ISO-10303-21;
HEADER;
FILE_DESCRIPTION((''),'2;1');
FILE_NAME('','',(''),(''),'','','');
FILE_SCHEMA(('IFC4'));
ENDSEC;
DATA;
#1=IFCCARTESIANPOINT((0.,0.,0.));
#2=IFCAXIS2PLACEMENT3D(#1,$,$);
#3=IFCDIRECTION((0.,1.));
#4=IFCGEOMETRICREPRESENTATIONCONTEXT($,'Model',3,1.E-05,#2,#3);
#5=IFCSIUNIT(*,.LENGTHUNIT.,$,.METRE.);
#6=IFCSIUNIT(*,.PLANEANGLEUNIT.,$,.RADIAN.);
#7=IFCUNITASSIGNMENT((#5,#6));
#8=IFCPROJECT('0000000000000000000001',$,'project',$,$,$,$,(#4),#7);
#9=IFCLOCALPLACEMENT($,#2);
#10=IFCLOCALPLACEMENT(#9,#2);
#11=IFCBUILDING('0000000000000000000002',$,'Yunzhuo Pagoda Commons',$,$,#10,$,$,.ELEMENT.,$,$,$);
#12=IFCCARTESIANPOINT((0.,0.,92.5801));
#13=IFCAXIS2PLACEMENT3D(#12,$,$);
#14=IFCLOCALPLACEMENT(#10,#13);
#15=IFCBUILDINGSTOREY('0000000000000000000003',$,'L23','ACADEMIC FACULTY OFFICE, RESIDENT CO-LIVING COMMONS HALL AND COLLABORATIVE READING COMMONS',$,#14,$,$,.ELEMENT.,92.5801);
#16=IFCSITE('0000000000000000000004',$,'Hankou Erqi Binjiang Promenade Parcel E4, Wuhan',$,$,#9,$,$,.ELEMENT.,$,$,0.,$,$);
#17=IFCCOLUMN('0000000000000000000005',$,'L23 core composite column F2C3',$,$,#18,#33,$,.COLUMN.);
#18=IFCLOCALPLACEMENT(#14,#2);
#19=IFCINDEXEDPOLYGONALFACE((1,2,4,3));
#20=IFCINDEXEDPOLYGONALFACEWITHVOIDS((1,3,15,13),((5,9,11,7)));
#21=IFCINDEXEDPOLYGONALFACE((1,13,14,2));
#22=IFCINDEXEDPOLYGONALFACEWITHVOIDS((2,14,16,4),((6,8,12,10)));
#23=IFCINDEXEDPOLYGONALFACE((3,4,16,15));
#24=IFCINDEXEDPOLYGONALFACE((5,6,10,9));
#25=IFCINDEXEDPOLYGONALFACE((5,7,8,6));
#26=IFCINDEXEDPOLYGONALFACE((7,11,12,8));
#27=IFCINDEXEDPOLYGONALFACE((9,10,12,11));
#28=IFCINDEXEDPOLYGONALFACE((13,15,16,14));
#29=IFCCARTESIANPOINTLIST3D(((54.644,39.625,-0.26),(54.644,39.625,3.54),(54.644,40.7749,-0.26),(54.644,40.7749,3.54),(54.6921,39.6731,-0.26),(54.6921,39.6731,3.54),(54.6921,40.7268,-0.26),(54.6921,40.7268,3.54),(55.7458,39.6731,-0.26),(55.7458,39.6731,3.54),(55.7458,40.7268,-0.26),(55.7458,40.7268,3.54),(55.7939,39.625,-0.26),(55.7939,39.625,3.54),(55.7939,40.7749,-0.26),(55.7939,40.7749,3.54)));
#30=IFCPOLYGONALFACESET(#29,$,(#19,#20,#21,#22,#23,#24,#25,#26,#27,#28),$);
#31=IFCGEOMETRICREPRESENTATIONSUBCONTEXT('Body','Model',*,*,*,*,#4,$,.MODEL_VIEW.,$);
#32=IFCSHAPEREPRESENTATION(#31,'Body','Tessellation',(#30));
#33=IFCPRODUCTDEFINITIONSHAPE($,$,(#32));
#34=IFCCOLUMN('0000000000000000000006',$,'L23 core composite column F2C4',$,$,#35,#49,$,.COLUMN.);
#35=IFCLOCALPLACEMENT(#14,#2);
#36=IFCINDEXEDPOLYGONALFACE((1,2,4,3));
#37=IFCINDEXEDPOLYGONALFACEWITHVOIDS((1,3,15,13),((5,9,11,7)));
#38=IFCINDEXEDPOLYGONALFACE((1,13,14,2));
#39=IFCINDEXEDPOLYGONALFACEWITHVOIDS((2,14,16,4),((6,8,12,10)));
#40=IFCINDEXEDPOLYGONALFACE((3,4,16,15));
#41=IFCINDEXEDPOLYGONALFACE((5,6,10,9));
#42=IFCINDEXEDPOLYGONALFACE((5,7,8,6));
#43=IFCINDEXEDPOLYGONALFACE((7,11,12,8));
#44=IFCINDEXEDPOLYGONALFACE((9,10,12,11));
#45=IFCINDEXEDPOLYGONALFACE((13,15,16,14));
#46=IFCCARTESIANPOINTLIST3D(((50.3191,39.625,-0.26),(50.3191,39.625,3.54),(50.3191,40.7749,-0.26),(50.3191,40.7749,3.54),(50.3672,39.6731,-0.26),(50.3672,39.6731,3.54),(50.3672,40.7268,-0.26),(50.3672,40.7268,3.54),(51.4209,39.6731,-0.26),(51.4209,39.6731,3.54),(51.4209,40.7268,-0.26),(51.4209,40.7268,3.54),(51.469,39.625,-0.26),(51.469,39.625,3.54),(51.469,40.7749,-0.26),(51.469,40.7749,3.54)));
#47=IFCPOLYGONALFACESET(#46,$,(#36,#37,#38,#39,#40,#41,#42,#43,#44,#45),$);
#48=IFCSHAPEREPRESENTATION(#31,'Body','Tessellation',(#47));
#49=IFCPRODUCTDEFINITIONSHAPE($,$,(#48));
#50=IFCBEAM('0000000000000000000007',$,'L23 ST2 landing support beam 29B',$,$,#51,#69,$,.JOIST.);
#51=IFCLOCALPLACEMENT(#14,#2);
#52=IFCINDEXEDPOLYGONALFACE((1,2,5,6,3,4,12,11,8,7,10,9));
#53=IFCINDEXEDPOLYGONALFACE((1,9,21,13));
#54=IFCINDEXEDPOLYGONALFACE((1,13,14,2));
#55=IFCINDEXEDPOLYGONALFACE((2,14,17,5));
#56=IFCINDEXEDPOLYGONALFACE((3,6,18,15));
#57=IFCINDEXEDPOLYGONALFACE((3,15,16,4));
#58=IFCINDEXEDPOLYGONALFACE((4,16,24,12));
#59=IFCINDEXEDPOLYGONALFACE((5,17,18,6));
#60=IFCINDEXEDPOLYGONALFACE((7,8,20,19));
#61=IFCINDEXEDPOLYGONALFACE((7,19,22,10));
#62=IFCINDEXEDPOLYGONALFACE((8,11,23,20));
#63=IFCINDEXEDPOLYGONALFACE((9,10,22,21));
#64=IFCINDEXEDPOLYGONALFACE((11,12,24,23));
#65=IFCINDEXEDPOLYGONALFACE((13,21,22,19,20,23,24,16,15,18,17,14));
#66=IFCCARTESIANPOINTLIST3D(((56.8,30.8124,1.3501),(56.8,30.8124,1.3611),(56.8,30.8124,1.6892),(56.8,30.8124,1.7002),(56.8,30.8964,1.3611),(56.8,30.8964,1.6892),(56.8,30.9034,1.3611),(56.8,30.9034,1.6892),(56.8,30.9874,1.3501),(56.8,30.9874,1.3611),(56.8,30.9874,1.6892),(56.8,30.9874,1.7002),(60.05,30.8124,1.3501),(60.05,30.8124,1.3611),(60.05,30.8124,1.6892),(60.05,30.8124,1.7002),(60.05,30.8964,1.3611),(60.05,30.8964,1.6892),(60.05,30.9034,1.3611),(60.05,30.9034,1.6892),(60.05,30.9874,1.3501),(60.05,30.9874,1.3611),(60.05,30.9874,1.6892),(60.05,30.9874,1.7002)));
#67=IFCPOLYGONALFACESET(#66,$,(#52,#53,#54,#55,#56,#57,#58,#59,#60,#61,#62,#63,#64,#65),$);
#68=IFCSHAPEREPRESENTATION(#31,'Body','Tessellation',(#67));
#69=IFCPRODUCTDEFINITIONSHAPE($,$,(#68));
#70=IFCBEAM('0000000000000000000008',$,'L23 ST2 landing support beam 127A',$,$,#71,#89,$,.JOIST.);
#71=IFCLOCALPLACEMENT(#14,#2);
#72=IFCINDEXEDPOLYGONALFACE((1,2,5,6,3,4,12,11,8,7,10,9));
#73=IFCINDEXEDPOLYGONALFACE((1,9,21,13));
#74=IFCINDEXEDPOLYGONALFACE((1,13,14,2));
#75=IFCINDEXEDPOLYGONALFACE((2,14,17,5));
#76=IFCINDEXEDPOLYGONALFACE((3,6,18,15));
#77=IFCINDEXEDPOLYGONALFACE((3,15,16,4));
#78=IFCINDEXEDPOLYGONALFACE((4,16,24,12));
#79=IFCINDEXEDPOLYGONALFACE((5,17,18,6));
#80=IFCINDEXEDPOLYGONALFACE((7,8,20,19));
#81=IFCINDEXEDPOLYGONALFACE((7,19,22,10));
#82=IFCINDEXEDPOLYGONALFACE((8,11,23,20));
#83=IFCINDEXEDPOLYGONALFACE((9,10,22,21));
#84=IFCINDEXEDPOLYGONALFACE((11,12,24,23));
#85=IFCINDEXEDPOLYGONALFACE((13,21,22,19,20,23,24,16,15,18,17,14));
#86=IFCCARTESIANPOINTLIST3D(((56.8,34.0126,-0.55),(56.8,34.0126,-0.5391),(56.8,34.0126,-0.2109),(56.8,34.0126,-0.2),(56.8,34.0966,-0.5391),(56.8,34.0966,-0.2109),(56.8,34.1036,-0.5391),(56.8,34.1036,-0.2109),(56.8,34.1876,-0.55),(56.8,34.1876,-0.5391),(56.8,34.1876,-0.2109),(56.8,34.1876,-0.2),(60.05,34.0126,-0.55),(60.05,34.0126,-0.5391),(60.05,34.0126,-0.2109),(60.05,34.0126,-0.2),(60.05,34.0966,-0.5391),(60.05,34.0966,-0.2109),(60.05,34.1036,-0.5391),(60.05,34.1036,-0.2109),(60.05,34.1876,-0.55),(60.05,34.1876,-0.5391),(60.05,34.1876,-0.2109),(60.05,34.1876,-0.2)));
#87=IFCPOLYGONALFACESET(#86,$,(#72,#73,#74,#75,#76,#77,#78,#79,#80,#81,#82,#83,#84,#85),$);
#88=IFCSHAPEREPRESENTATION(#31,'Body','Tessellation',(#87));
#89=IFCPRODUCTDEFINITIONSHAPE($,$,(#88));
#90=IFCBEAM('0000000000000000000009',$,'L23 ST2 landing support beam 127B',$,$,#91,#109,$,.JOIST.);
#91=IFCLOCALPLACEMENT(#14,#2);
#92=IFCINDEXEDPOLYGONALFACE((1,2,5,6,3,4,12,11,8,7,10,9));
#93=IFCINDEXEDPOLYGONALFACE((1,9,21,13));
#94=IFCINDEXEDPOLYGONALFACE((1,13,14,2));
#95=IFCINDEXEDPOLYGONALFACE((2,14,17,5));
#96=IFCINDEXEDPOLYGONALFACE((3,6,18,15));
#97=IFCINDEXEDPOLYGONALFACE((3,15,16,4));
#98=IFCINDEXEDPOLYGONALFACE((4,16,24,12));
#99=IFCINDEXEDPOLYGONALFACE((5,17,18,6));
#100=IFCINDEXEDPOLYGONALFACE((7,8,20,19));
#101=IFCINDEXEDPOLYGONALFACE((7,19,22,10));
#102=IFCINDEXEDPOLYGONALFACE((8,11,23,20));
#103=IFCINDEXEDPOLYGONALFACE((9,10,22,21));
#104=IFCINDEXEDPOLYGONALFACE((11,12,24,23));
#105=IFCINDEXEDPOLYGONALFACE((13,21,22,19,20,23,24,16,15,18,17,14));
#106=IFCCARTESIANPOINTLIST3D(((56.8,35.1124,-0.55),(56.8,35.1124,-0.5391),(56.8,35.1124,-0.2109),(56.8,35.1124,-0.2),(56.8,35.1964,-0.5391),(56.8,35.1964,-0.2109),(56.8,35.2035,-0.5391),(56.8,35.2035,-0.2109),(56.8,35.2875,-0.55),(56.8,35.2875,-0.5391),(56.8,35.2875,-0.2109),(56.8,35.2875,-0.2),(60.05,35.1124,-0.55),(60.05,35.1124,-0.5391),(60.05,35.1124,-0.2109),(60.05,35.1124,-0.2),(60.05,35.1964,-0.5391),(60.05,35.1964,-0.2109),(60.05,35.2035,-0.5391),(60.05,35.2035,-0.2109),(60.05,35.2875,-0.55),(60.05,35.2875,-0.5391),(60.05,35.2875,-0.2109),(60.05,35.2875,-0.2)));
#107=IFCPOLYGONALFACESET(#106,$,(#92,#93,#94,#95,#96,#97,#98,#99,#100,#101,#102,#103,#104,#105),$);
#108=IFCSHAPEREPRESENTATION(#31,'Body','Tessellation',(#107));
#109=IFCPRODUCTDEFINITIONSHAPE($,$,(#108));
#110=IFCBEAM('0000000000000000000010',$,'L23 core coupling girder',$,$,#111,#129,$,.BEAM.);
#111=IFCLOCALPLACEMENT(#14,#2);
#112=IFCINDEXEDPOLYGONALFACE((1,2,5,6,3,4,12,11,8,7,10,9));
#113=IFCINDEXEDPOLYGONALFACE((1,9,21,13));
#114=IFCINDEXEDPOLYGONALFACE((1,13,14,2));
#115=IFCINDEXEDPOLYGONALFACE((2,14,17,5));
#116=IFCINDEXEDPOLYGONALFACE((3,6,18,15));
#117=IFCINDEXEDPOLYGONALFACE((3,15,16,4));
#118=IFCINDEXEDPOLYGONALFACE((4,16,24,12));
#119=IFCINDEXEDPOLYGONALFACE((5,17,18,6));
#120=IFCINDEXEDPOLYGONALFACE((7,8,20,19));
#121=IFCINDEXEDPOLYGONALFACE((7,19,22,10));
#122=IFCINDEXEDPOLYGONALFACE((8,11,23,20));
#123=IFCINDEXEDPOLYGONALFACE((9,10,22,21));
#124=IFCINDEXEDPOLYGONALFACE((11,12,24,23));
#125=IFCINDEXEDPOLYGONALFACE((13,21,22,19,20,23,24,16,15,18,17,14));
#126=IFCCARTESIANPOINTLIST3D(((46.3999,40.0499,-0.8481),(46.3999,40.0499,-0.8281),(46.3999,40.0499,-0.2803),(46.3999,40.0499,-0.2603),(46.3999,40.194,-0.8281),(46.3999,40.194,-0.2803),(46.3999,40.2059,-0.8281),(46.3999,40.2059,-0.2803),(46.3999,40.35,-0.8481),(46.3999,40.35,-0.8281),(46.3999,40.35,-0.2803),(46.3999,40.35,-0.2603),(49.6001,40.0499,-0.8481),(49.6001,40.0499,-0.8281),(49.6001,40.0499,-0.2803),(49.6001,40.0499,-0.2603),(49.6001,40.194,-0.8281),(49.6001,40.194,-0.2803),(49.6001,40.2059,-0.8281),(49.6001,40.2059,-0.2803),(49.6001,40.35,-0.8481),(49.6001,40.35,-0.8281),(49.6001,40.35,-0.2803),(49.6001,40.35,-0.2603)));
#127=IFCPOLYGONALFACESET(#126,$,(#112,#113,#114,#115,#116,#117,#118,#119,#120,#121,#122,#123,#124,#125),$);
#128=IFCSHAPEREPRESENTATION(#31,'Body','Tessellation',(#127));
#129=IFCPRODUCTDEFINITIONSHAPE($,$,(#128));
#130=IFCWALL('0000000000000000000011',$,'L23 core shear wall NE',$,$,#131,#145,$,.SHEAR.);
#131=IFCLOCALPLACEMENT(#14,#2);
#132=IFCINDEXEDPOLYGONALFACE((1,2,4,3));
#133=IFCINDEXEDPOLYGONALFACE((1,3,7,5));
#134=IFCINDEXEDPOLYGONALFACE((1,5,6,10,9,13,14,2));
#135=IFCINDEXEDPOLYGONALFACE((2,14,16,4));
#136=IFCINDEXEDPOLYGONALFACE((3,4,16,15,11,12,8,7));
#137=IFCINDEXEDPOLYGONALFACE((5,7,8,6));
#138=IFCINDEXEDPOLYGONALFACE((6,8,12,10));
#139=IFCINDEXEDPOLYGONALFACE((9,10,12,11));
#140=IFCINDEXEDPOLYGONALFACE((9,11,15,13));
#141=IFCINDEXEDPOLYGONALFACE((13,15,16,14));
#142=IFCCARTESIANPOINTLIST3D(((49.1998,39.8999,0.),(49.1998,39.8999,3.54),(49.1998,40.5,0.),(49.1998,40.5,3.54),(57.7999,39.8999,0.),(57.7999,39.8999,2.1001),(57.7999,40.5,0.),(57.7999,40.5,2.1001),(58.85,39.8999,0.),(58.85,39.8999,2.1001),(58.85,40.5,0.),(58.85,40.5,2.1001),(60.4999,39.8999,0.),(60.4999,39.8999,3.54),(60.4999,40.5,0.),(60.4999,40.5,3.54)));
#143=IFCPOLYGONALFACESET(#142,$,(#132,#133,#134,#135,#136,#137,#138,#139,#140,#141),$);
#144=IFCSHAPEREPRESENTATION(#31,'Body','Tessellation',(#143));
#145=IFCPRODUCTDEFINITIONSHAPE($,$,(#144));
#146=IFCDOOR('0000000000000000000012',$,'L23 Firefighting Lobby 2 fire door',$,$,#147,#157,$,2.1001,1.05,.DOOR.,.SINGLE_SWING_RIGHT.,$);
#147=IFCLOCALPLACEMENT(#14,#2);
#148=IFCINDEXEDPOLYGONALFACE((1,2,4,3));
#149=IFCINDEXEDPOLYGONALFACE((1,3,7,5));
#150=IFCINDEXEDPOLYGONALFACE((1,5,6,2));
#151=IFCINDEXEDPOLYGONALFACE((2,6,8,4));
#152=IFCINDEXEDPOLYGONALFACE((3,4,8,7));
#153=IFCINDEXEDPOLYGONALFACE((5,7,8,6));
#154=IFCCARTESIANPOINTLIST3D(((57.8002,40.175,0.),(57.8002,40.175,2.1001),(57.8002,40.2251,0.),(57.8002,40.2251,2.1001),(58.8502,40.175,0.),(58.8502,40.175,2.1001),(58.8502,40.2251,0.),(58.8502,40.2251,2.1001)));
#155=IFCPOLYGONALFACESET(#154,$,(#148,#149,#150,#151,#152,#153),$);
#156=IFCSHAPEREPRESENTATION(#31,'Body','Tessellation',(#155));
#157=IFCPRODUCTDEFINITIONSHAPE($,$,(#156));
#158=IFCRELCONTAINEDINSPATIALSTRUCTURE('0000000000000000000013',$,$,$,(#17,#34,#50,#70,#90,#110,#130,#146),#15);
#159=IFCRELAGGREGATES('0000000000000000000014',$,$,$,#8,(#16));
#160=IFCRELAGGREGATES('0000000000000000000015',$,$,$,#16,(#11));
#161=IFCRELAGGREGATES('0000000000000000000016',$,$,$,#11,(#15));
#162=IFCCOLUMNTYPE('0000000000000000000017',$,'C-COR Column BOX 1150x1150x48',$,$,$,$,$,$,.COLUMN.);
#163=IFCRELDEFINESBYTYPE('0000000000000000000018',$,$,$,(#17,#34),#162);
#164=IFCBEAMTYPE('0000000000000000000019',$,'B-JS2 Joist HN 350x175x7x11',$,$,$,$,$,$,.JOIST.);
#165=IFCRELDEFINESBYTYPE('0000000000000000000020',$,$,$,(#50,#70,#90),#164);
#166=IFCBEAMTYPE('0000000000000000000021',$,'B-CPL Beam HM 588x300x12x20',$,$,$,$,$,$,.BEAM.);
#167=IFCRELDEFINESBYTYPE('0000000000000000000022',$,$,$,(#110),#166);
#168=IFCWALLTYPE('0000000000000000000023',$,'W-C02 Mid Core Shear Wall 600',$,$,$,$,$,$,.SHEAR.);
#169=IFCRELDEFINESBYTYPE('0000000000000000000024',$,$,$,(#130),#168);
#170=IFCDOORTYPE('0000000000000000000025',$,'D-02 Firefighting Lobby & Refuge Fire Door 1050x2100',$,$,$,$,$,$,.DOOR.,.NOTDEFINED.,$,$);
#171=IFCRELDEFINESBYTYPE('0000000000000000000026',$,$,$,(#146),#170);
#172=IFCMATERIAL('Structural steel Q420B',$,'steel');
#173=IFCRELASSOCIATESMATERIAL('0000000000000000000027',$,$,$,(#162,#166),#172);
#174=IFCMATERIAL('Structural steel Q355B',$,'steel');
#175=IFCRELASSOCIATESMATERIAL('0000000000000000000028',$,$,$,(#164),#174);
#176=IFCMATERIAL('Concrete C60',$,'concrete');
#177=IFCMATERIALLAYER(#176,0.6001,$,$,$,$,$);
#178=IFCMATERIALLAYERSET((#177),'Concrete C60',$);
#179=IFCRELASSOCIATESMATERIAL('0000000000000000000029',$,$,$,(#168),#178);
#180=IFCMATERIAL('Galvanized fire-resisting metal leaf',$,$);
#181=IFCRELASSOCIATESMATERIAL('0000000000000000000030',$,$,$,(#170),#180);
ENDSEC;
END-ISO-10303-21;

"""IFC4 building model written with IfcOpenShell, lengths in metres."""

from ifc_helpers import new_model, si_unit, direction, frame, frame_2d, origin, origin_2d, place, context, subcontext, project, spatial, rectangle, hollow_rectangle, i_section, extrude, source, transform, mapped, material, layer, layer_set, material_profile, profile_set, type_object, element, fill, save


model = new_model("IFC4")

# Units and contexts
model_context = context("Model", 3, precision=1e-05, world=origin(), true_north=direction((0.0, 1.0)))
body_context = subcontext(model_context, "Body", "Model", "MODEL_VIEW")
ifc_project = project(units=[si_unit("LENGTHUNIT", "METRE"), si_unit("PLANEANGLEUNIT", "RADIAN")], contexts=[model_context])

# Site, building, storey
site_placement = place(None, origin())
site = spatial("IfcSite", under=ifc_project, at=site_placement, Name="Hankou Erqi Binjiang Promenade Parcel E4, Wuhan", CompositionType="ELEMENT", RefElevation=0.0)
building_placement = place(site_placement, origin())
building = spatial("IfcBuilding", under=site, at=building_placement, Name="Yunzhuo Pagoda Commons", CompositionType="ELEMENT")
storey_placement = place(building_placement, frame((0.0, 0.0, 92.5801)))
storey = spatial("IfcBuildingStorey", under=building, at=storey_placement, Name="L23", Description="ACADEMIC FACULTY OFFICE, RESIDENT CO-LIVING COMMONS HALL AND COLLABORATIVE READING COMMONS", CompositionType="ELEMENT", Elevation=92.5801)

# Columns
ifc_material_1 = material(Name="Structural steel Q420B", Category="steel")
ifc_material_profile_1 = material_profile(ifc_material_1, hollow_rectangle(XDim=1.1499, YDim=1.1499, WallThickness=0.0481, at=origin_2d()), Name="Structural steel Q420B")
ifc_profile_set_1 = profile_set([ifc_material_profile_1], Name="Structural steel Q420B")
column_type = type_object("IfcColumnType", Name="C-COR Column BOX 1150x1150x48", PredefinedType="COLUMN", material=ifc_profile_set_1)
shared_shape_1 = source(origin(), body_context, "Body", "SweptSolid", [
    extrude(hollow_rectangle(XDim=1.1499, YDim=1.1499, WallThickness=0.0481, at=origin_2d()), origin(), (0.0, 0.0, 1.0), 3.8),
])
for number, where, z_axis, x_axis, name in (
    (1, (55.219, 40.2, -0.26), (0.0, 0.0, 1.0), (1.0, 0.0, 0.0), "L23 core composite column F2C3"),
    (2, (50.894, 40.2, -0.26), (0.0, 0.0, 1.0), (1.0, 0.0, 0.0), "L23 core composite column F2C4"),
):
    element("IfcColumn", number, at=place(storey_placement, frame(where, z_axis=z_axis, x_axis=x_axis)), inside=storey, type_object=column_type, Name=name, PredefinedType="COLUMN", context=body_context, shape_type="MappedRepresentation", body=[
        mapped(shared_shape_1, transform((0.0, 0.0, 0.0), scale=1.0)),
    ])

# Beams
ifc_material_2 = material(Name="Structural steel Q355B", Category="steel")
ifc_material_profile_2 = material_profile(ifc_material_2, i_section(OverallWidth=0.175, OverallDepth=0.3501, WebThickness=0.0071, FlangeThickness=0.011, at=origin_2d()), Name="Structural steel Q355B")
ifc_profile_set_2 = profile_set([ifc_material_profile_2], Name="Structural steel Q355B")
beam_type_1 = type_object("IfcBeamType", Name="B-JS2 Joist HN 350x175x7x11", PredefinedType="JOIST", material=ifc_profile_set_2)
shared_shape_2 = source(origin(), body_context, "Body", "SweptSolid", [
    extrude(i_section(OverallWidth=0.175, OverallDepth=0.3501, WebThickness=0.0071, FlangeThickness=0.011, at=origin_2d()), origin(), (0.0, 0.0, 1.0), 3.25),
])
for number, where, z_axis, x_axis, name in (
    (3, (56.8, 30.8999, 1.5251), (1.0, 0.0, 0.0), (0.0, 1.0, 0.0), "L23 ST2 landing support beam 29B"),
    (4, (56.8, 34.1001, -0.375), (1.0, 0.0, 0.0), (0.0, 1.0, 0.0), "L23 ST2 landing support beam 127A"),
    (5, (56.8, 35.2, -0.375), (1.0, 0.0, 0.0), (0.0, 1.0, 0.0), "L23 ST2 landing support beam 127B"),
):
    element("IfcBeam", number, at=place(storey_placement, frame(where, z_axis=z_axis, x_axis=x_axis)), inside=storey, type_object=beam_type_1, Name=name, PredefinedType="JOIST", context=body_context, shape_type="MappedRepresentation", body=[
        mapped(shared_shape_2, transform((0.0, 0.0, 0.0), scale=1.0)),
    ])
ifc_material_profile_3 = material_profile(ifc_material_1, i_section(OverallWidth=0.3, OverallDepth=0.5879, WebThickness=0.012, FlangeThickness=0.02, at=origin_2d()), Name="Structural steel Q420B")
ifc_profile_set_3 = profile_set([ifc_material_profile_3], Name="Structural steel Q420B")
beam_type_2 = type_object("IfcBeamType", Name="B-CPL Beam HM 588x300x12x20", PredefinedType="BEAM", material=ifc_profile_set_3)
shared_shape_3 = source(origin(), body_context, "Body", "SweptSolid", [
    extrude(i_section(OverallWidth=0.3, OverallDepth=0.5879, WebThickness=0.012, FlangeThickness=0.02, at=origin_2d()), origin(), (0.0, 0.0, 1.0), 3.2002),
])
beam_placement = place(storey_placement, frame((46.3999, 40.2, -0.5542), z_axis=(1.0, 0.0, 0.0), x_axis=(0.0, 1.0, 0.0)))
element("IfcBeam", 6, at=beam_placement, inside=storey, type_object=beam_type_2, Name="L23 core coupling girder", PredefinedType="BEAM", context=body_context, shape_type="MappedRepresentation", body=[
    mapped(shared_shape_3, transform((0.0, 0.0, 0.0), scale=1.0)),
])

# Wall, opening, door
ifc_material_3 = material(Name="Concrete C60", Category="concrete")
ifc_layer_1 = layer(ifc_material_3, 0.6001)
ifc_layer_set_1 = layer_set([ifc_layer_1], Name="Concrete C60")
wall_type_1 = type_object("IfcWallType", Name="W-C02 Mid Core Shear Wall 600", PredefinedType="SHEAR", material=ifc_layer_set_1)
wall_1_placement = place(storey_placement, frame((49.2, 40.2, 0.0), z_axis=(0.0, 0.0, 1.0), x_axis=(1.0, 0.0, 0.0)))
wall_1 = element("IfcWall", 7, at=wall_1_placement, inside=storey, type_object=wall_type_1, Name="L23 core shear wall NE", PredefinedType="SHEAR", context=body_context, shape_type="SweptSolid", body=[
    extrude(rectangle(XDim=11.3, YDim=0.6001, at=frame_2d((5.6499, 0.0))), origin(), (0.0, 0.0, 1.0), 3.54),
])
opening_1_placement = place(wall_1_placement, frame((8.6001, 0.0, 0.0)))
opening_1 = element("IfcOpeningElement", 8, at=opening_1_placement, cuts=wall_1, PredefinedType="OPENING", context=body_context, shape_type="SweptSolid", body=[
    extrude(rectangle(XDim=1.05, YDim=2.1001, at=frame_2d((0.5249, 1.05))), frame((0.0, 0.3101, 0.0), z_axis=(0.0, -1.0, 0.0), x_axis=(1.0, 0.0, 0.0)), (0.0, 0.0, 1.0), 0.6201),
])
ifc_material_4 = material(Name="Galvanized fire-resisting metal leaf")
door_type_1 = type_object("IfcDoorType", Name="D-02 Firefighting Lobby & Refuge Fire Door 1050x2100", OperationType="NOTDEFINED", PredefinedType="DOOR", material=ifc_material_4)
shared_shape_4 = source(origin(), body_context, "Body", "SweptSolid", [
    extrude(rectangle(XDim=1.05, YDim=2.1001, at=frame_2d((0.5249, 1.05))), frame((0.0, 0.0249, 0.0), z_axis=(0.0, -1.0, 0.0), x_axis=(1.0, 0.0, 0.0)), (0.0, 0.0, 1.0), 0.05),
])
door_1_placement = place(opening_1_placement, frame((1.05, 0.0, 0.0), z_axis=(0.0, 0.0, 1.0), x_axis=(-1.0, 0.0, 0.0)))
door_1 = element("IfcDoor", 9, at=door_1_placement, inside=storey, type_object=door_type_1, Name="L23 Firefighting Lobby 2 fire door", OperationType="SINGLE_SWING_RIGHT", OverallHeight=2.1001, OverallWidth=1.05, PredefinedType="DOOR", context=body_context, shape_type="MappedRepresentation", body=[
    mapped(shared_shape_4, transform((0.0, 0.0, 0.0), scale=1.0)),
])
fill(opening_1, door_1)

save(model, "model.ifc")
